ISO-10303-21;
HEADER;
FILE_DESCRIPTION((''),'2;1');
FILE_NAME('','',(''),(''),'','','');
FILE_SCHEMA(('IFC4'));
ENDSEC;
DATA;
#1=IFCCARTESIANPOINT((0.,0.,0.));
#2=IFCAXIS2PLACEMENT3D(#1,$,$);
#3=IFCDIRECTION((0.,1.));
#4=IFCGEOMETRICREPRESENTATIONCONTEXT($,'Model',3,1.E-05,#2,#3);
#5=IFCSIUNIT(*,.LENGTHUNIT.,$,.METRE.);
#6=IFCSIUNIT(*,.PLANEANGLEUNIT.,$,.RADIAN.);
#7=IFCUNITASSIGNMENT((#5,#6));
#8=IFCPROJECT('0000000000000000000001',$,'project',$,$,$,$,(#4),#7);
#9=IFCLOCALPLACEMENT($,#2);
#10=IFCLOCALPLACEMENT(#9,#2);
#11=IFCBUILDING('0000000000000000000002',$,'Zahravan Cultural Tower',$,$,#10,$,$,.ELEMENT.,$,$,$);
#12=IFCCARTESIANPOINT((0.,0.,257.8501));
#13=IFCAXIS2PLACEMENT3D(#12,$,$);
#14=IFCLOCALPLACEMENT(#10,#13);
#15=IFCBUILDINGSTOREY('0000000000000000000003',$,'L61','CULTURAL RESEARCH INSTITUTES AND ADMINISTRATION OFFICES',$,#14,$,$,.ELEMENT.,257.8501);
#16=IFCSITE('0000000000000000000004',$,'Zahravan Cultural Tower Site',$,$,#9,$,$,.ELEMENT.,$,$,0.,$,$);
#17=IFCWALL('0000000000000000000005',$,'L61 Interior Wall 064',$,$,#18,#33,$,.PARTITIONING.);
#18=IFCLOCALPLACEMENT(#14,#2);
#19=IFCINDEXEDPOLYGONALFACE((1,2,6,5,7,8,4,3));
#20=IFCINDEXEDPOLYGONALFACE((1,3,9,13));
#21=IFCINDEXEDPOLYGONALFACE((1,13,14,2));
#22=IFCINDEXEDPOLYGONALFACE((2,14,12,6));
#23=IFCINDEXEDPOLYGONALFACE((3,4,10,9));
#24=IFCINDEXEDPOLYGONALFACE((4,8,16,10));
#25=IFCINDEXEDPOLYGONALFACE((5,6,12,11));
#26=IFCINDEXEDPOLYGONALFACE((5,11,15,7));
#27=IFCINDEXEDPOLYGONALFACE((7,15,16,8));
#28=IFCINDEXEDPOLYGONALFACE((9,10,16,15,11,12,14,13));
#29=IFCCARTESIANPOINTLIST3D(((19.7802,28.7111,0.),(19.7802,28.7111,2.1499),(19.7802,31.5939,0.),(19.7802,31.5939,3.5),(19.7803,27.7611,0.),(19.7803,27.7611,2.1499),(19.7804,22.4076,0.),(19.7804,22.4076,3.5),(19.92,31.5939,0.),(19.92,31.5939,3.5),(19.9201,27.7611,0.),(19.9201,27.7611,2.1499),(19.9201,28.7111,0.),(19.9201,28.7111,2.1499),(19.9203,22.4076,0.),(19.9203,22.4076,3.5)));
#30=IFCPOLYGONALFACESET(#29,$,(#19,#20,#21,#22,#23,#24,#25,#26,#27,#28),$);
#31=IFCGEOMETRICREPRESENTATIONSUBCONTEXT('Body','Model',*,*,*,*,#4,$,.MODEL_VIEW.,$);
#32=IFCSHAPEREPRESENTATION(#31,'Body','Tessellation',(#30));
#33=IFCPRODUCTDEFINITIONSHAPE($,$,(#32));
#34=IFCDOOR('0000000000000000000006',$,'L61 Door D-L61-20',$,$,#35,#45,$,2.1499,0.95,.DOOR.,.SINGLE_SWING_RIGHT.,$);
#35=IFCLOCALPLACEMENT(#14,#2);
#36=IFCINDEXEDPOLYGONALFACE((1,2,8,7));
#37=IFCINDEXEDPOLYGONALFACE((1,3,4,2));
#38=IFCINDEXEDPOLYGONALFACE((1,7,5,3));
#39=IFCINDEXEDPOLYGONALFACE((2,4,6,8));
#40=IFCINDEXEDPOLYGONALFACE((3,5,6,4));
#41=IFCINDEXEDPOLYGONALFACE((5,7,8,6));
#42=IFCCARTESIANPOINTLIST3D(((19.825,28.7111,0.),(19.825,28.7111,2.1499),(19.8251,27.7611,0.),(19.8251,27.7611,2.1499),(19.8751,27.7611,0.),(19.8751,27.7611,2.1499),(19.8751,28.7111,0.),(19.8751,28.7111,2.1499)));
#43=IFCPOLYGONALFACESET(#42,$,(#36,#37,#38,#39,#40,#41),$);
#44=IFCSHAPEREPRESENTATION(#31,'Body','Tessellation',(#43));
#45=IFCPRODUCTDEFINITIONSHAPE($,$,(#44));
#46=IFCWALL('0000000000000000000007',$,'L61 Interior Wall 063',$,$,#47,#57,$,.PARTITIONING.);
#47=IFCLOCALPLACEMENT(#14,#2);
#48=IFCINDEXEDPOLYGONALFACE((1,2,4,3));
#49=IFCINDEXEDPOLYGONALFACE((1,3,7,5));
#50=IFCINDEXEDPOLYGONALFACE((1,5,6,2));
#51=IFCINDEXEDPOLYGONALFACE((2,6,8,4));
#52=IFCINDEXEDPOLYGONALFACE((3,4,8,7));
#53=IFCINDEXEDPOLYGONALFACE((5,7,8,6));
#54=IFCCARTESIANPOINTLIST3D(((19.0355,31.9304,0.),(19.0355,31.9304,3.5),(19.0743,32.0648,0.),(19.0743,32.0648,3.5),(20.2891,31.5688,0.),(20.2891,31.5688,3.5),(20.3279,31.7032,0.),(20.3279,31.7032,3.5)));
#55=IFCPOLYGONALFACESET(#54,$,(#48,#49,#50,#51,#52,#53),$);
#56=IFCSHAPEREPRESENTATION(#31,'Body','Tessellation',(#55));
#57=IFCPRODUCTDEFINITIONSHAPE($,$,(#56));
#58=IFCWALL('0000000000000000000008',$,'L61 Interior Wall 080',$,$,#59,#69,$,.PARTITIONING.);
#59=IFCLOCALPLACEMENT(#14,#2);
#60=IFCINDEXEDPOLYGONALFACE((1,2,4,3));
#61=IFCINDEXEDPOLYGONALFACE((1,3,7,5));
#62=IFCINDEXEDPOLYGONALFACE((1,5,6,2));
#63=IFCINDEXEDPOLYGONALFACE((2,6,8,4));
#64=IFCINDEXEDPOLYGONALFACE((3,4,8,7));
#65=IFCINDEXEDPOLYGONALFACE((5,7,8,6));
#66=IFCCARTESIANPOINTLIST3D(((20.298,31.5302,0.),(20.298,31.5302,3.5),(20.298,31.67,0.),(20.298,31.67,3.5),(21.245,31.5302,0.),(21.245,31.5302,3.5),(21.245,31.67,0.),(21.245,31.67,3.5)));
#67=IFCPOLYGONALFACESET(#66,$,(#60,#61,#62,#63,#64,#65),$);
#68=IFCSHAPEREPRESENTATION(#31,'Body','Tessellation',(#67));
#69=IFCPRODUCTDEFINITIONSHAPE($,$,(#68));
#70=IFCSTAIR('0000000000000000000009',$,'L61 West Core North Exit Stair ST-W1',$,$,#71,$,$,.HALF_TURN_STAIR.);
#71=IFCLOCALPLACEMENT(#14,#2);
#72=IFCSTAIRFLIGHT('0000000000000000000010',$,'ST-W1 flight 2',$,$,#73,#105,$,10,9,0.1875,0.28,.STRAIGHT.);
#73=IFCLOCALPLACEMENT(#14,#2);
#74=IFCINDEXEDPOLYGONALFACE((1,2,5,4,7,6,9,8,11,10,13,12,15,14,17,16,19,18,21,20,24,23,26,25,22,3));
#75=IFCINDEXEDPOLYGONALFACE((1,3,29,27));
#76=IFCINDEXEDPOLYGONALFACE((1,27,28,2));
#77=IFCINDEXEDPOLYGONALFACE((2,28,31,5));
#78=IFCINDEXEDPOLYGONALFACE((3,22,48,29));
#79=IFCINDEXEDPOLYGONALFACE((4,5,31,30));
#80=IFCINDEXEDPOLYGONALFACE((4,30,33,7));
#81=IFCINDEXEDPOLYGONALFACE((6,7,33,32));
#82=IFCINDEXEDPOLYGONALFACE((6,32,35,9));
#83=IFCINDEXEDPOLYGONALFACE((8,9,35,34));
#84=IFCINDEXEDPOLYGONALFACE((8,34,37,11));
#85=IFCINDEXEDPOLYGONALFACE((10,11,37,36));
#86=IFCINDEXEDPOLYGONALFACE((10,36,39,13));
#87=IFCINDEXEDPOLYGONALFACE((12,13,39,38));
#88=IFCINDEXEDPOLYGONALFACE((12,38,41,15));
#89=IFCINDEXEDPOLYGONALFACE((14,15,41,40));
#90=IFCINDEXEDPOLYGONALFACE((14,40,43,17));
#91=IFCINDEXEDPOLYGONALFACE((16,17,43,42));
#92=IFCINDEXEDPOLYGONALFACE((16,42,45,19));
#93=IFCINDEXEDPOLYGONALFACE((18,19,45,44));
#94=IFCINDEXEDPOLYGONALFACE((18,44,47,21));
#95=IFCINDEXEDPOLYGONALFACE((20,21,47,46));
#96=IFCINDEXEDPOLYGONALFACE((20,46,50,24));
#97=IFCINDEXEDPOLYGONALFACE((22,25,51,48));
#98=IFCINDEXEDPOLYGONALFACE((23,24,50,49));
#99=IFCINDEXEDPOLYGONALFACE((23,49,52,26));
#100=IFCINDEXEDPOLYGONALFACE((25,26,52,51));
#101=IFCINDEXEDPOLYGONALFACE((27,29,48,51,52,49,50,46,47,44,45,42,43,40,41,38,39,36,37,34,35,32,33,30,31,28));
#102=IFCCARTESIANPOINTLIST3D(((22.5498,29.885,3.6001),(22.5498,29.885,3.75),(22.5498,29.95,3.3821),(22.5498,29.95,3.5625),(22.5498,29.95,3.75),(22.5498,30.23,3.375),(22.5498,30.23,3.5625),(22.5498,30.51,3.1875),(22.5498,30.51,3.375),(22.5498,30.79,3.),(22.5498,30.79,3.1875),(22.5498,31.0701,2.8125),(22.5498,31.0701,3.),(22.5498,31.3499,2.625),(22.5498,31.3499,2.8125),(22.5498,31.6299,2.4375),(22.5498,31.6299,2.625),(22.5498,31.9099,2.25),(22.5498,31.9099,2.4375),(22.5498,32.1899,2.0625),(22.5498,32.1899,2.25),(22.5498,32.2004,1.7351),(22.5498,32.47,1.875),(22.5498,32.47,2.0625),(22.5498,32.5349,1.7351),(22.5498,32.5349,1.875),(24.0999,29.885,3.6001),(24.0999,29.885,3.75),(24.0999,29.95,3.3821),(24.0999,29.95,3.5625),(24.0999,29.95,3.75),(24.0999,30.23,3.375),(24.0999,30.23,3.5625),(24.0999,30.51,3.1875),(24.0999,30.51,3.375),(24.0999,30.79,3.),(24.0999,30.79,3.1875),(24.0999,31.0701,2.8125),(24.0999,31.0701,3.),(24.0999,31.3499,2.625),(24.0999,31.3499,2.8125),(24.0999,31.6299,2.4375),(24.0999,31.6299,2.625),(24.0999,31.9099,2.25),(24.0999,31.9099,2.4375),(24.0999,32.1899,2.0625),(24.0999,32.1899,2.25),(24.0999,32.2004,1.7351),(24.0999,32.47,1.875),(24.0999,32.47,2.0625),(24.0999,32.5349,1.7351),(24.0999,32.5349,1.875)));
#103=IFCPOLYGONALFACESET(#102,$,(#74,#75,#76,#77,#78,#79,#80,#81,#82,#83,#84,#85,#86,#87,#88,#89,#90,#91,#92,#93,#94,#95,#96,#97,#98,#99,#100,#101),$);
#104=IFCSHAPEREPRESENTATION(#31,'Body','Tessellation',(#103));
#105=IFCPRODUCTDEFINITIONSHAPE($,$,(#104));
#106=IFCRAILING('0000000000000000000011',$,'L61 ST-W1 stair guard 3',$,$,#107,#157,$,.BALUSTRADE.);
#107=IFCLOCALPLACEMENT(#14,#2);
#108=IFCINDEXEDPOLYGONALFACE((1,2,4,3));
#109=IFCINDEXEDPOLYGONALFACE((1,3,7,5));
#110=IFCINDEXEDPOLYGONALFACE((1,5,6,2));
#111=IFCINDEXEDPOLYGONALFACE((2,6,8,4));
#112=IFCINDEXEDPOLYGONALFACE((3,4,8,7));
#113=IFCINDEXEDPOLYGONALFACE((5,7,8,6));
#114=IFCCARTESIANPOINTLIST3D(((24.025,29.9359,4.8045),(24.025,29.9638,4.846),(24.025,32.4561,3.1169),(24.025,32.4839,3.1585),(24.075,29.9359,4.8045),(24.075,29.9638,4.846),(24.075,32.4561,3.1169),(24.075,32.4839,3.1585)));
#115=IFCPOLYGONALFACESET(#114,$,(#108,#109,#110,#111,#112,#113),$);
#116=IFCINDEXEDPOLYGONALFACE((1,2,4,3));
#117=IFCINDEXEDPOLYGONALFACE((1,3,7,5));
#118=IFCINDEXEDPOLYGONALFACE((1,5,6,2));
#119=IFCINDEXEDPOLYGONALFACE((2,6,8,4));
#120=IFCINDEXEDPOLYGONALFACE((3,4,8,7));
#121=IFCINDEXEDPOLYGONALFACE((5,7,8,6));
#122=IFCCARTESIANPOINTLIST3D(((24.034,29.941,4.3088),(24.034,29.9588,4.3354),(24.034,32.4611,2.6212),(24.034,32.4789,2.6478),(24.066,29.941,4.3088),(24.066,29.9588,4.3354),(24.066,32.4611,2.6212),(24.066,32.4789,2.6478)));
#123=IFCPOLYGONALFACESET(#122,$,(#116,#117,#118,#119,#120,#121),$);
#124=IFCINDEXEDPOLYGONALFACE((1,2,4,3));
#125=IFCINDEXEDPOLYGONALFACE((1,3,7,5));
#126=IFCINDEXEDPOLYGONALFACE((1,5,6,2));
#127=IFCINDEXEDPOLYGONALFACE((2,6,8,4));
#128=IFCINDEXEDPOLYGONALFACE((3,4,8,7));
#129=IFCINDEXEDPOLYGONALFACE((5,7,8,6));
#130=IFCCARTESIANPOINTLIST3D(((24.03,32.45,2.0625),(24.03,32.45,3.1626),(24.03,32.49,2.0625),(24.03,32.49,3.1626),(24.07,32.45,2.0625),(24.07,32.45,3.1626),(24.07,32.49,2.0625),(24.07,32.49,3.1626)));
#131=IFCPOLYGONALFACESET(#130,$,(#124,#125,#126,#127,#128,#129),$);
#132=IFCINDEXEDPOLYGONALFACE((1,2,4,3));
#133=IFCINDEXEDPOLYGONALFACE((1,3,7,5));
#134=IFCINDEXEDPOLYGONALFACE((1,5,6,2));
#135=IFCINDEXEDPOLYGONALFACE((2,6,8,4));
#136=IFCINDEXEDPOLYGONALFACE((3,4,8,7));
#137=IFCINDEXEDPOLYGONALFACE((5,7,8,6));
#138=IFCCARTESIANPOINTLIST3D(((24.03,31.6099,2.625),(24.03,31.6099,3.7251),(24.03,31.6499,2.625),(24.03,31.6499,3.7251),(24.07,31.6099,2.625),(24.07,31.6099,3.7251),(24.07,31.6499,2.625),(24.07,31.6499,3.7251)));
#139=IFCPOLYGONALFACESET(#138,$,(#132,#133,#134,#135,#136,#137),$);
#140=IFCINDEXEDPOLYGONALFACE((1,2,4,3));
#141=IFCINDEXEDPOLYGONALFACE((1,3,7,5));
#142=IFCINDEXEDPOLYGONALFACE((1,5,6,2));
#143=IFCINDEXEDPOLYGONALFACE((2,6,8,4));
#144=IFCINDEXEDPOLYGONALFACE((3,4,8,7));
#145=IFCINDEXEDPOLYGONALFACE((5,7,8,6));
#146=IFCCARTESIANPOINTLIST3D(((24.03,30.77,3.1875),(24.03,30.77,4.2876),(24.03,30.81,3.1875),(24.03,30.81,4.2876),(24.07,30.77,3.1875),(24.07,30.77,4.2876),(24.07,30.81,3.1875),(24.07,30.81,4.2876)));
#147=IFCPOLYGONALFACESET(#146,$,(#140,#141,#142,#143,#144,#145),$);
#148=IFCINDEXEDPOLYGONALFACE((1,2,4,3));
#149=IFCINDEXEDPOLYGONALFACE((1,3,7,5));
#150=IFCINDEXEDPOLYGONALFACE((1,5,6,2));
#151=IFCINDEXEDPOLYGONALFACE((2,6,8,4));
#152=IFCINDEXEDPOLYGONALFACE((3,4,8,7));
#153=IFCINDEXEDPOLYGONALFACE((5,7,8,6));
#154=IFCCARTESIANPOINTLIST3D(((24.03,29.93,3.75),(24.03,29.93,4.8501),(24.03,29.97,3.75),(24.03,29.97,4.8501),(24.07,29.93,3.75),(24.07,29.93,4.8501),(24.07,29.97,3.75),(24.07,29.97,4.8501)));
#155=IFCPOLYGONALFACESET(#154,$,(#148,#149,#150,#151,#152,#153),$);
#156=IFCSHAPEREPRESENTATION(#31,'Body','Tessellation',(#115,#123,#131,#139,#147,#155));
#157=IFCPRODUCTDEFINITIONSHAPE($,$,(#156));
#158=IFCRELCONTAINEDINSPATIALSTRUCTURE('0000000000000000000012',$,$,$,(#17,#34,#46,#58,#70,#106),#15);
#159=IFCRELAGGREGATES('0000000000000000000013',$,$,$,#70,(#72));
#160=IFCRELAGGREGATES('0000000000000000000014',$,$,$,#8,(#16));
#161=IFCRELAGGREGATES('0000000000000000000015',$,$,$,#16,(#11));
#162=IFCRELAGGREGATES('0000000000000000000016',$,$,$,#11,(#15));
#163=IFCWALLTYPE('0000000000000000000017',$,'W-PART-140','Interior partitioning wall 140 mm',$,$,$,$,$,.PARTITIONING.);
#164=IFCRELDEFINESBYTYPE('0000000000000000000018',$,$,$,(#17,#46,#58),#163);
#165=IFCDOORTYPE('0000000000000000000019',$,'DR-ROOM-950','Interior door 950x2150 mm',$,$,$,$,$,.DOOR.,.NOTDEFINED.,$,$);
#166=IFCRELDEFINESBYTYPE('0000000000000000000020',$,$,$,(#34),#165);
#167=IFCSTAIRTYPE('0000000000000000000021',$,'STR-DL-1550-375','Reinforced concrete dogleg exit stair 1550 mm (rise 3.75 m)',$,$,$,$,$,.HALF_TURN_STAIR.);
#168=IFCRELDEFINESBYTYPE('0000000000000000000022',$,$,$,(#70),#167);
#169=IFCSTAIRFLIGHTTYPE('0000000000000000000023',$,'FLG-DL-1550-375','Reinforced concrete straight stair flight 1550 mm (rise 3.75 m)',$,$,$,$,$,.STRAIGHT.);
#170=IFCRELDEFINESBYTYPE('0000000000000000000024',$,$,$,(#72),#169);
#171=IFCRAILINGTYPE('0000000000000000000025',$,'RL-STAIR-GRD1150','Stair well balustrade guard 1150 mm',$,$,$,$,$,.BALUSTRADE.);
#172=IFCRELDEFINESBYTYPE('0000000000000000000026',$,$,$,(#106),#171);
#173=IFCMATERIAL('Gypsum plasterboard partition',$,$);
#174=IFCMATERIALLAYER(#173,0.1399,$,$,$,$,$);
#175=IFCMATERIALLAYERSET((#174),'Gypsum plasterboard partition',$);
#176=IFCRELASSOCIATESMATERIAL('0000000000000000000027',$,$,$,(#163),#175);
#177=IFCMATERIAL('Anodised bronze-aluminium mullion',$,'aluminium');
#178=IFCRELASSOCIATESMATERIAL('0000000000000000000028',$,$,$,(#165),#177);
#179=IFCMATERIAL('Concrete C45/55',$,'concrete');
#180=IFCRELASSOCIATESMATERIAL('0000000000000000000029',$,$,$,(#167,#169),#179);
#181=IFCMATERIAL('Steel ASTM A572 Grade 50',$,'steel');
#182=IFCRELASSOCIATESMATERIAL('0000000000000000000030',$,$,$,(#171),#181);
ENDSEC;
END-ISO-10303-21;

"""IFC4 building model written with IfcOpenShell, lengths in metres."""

from ifc_helpers import new_model, si_unit, direction, frame, frame_2d, origin, origin_2d, place, context, subcontext, project, spatial, polyline, rectangle, outline, extrude, source, transform, mapped, material, layer, layer_set, type_object, element, fill, aggregate, save


model = new_model("IFC4")

# Units and contexts
model_context = context("Model", 3, precision=1e-05, world=origin(), true_north=direction((0.0, 1.0)))
body_context = subcontext(model_context, "Body", "Model", "MODEL_VIEW")
ifc_project = project(units=[si_unit("LENGTHUNIT", "METRE"), si_unit("PLANEANGLEUNIT", "RADIAN")], contexts=[model_context])

# Site, building, storey
site_placement = place(None, origin())
site = spatial("IfcSite", under=ifc_project, at=site_placement, Name="Zahravan Cultural Tower Site", CompositionType="ELEMENT", RefElevation=0.0)
building_placement = place(site_placement, origin())
building = spatial("IfcBuilding", under=site, at=building_placement, Name="Zahravan Cultural Tower", CompositionType="ELEMENT")
storey_placement = place(building_placement, frame((0.0, 0.0, 257.8501)))
storey = spatial("IfcBuildingStorey", under=building, at=storey_placement, Name="L61", Description="CULTURAL RESEARCH INSTITUTES AND ADMINISTRATION OFFICES", CompositionType="ELEMENT", Elevation=257.8501)

# Shared definitions
ifc_material_1 = material(Name="Anodised bronze-aluminium mullion", Category="aluminium")

# Wall, opening, door
ifc_material_2 = material(Name="Gypsum plasterboard partition")
ifc_layer_1 = layer(ifc_material_2, 0.1399)
ifc_layer_set_1 = layer_set([ifc_layer_1], Name="Gypsum plasterboard partition")
wall_type = type_object("IfcWallType", Name="W-PART-140", Description="Interior partitioning wall 140 mm", PredefinedType="PARTITIONING", material=ifc_layer_set_1)
wall_1_placement = place(storey_placement, frame((19.8501, 31.594, 0.0), z_axis=(0.0, 0.0, 1.0), x_axis=(0.000027, -1.0, 0.0)))
wall_1 = element("IfcWall", 1, at=wall_1_placement, inside=storey, type_object=wall_type, Name="L61 Interior Wall 064", PredefinedType="PARTITIONING", context=body_context, shape_type="SweptSolid", body=[
    extrude(rectangle(XDim=9.1863, YDim=0.1399, at=frame_2d((4.5933, 0.0))), origin(), (0.0, 0.0, 1.0), 3.5),
])
opening_placement = place(wall_1_placement, frame((2.8828, 0.0, 0.0)))
opening = element("IfcOpeningElement", 2, at=opening_placement, cuts=wall_1, PredefinedType="OPENING", context=body_context, shape_type="SweptSolid", body=[
    extrude(rectangle(XDim=0.95, YDim=2.1499, at=frame_2d((0.4751, 1.075))), frame((0.0, 0.0798, 0.0), z_axis=(0.0, -1.0, 0.0), x_axis=(1.0, 0.0, 0.0)), (0.0, 0.0, 1.0), 0.1599),
])
door_type = type_object("IfcDoorType", Name="DR-ROOM-950", Description="Interior door 950x2150 mm", OperationType="NOTDEFINED", PredefinedType="DOOR", material=ifc_material_1)
shared_shape_1 = source(origin(), body_context, "Body", "SweptSolid", [
    extrude(rectangle(XDim=0.95, YDim=2.1499, at=frame_2d((0.4751, 1.075))), frame((0.0, 0.0249, 0.0), z_axis=(0.0, -1.0, 0.0), x_axis=(1.0, 0.0, 0.0)), (0.0, 0.0, 1.0), 0.05),
])
door_placement = place(opening_placement, origin())
door = element("IfcDoor", 3, at=door_placement, inside=storey, type_object=door_type, Name="L61 Door D-L61-20", OperationType="SINGLE_SWING_RIGHT", OverallHeight=2.1499, OverallWidth=0.95, PredefinedType="DOOR", context=body_context, shape_type="MappedRepresentation", body=[
    mapped(shared_shape_1, transform((0.0, 0.0, 0.0), x_axis=(1.0, 0.0, 0.0), y_axis=(0.0, 1.0, 0.0), z_axis=(0.0, 0.0, 1.0), scale=1.0)),
])
fill(opening, door)

# Walls
shared_shape_2 = source(origin(), body_context, "Body", "SweptSolid", [
    extrude(rectangle(XDim=1.3047, YDim=0.1399, at=frame_2d((0.6523, 0.0))), origin(), (0.0, 0.0, 1.0), 3.5),
])
wall_2_placement = place(storey_placement, frame((19.0549, 31.9976, 0.0), z_axis=(0.0, 0.0, 1.0), x_axis=(0.960836, -0.277117, 0.0)))
element("IfcWall", 4, at=wall_2_placement, inside=storey, type_object=wall_type, Name="L61 Interior Wall 063", PredefinedType="PARTITIONING", context=body_context, shape_type="MappedRepresentation", body=[
    mapped(shared_shape_2, transform((0.0, 0.0, 0.0), x_axis=(1.0, 0.0, 0.0), y_axis=(0.0, 1.0, 0.0), z_axis=(0.0, 0.0, 1.0), scale=1.0)),
])
shared_shape_3 = source(origin(), body_context, "Body", "SweptSolid", [
    extrude(rectangle(XDim=0.947, YDim=0.1399, at=frame_2d((0.4736, 0.0))), origin(), (0.0, 0.0, 1.0), 3.5),
])
wall_3_placement = place(storey_placement, frame((21.2451, 31.6001, 0.0), z_axis=(0.0, 0.0, 1.0), x_axis=(-1.0, 0.0, 0.0)))
element("IfcWall", 5, at=wall_3_placement, inside=storey, type_object=wall_type, Name="L61 Interior Wall 080", PredefinedType="PARTITIONING", context=body_context, shape_type="MappedRepresentation", body=[
    mapped(shared_shape_3, transform((0.0, 0.0, 0.0), x_axis=(1.0, 0.0, 0.0), y_axis=(0.0, 1.0, 0.0), z_axis=(0.0, 0.0, 1.0), scale=1.0)),
])

# Stair, stair flight
ifc_material_3 = material(Name="Concrete C45/55", Category="concrete")
stair_type = type_object("IfcStairType", Name="STR-DL-1550-375", Description="Reinforced concrete dogleg exit stair 1550 mm (rise 3.75 m)", PredefinedType="HALF_TURN_STAIR", material=ifc_material_3)
stair_placement = place(storey_placement, origin())
stair = element("IfcStair", 6, at=stair_placement, inside=storey, type_object=stair_type, Name="L61 West Core North Exit Stair ST-W1", PredefinedType="HALF_TURN_STAIR")
stair_flight_type = type_object("IfcStairFlightType", Name="FLG-DL-1550-375", Description="Reinforced concrete straight stair flight 1550 mm (rise 3.75 m)", PredefinedType="STRAIGHT", material=ifc_material_3)
stair_flight_placement = place(storey_placement, frame((23.325, 32.47, 1.875), z_axis=(0.0, 0.0, 1.0), x_axis=(0.0, -1.0, 0.0)))
stair_flight = element("IfcStairFlight", 7, at=stair_flight_placement, type_object=stair_flight_type, Name="ST-W1 flight 2", NumberOfRisers=10, NumberOfTreads=9, PredefinedType="STRAIGHT", RiserHeight=0.1875, TreadLength=0.28, context=body_context, shape_type="SweptSolid", body=[
    extrude(outline(polyline([(-0.0649, -0.1399), (-0.0649, 0.0), (0.0, 0.0), (0.0, 0.1875), (0.28, 0.1875), (0.28, 0.375), (0.5601, 0.375), (0.5601, 0.5625), (0.8401, 0.5625), (0.8401, 0.75), (1.1201, 0.75), (1.1201, 0.9375), (1.3999, 0.9375), (1.3999, 1.125), (1.6799, 1.125), (1.6799, 1.3125), (1.96, 1.3125), (1.96, 1.5), (2.24, 1.5), (2.24, 1.6875), (2.52, 1.6875), (2.52, 1.875), (2.585, 1.875), (2.585, 1.7251), (2.52, 1.5071), (0.2695, -0.1399), (-0.0649, -0.1399)])), frame((0.0, 0.7749, 0.0), z_axis=(0.0, -1.0, 0.0), x_axis=(1.0, 0.0, 0.0)), (0.0, 0.0, 1.0), 1.55),
])
aggregate(stair, [stair_flight])

# Railing
ifc_material_4 = material(Name="Steel ASTM A572 Grade 50", Category="steel")
railing_type_1 = type_object("IfcRailingType", Name="RL-STAIR-GRD1150", Description="Stair well balustrade guard 1150 mm", PredefinedType="BALUSTRADE", material=ifc_material_4)
railing_1_placement = place(storey_placement, frame((24.05, 32.47, 2.0625)))
element("IfcRailing", 8, at=railing_1_placement, inside=storey, type_object=railing_type_1, Name="L61 ST-W1 stair guard 3", PredefinedType="BALUSTRADE", context=body_context, shape_type="SweptSolid", body=[
    extrude(rectangle(XDim=0.05, YDim=0.05, at=origin_2d()), frame((0.0, 0.0, 1.0752), z_axis=(0.0, -0.830909, 0.556408), x_axis=(1.0, 0.0, 0.0)), (0.0, 0.0, 1.0), 3.033),
    extrude(rectangle(XDim=0.032, YDim=0.032, at=origin_2d()), frame((0.0, 0.0, 0.572), z_axis=(0.0, -0.830909, 0.556408), x_axis=(1.0, 0.0, 0.0)), (0.0, 0.0, 1.0), 3.033),
    extrude(rectangle(XDim=0.04, YDim=0.04, at=origin_2d()), origin(), (0.0, 0.0, 1.0), 1.1001),
    extrude(rectangle(XDim=0.04, YDim=0.04, at=origin_2d()), frame((0.0, -0.8401, 0.5625)), (0.0, 0.0, 1.0), 1.1001),
    extrude(rectangle(XDim=0.04, YDim=0.04, at=origin_2d()), frame((0.0, -1.6799, 1.125)), (0.0, 0.0, 1.0), 1.1001),
    extrude(rectangle(XDim=0.04, YDim=0.04, at=origin_2d()), frame((0.0, -2.52, 1.6875)), (0.0, 0.0, 1.0), 1.1001),
])

save(model, "model.ifc")
